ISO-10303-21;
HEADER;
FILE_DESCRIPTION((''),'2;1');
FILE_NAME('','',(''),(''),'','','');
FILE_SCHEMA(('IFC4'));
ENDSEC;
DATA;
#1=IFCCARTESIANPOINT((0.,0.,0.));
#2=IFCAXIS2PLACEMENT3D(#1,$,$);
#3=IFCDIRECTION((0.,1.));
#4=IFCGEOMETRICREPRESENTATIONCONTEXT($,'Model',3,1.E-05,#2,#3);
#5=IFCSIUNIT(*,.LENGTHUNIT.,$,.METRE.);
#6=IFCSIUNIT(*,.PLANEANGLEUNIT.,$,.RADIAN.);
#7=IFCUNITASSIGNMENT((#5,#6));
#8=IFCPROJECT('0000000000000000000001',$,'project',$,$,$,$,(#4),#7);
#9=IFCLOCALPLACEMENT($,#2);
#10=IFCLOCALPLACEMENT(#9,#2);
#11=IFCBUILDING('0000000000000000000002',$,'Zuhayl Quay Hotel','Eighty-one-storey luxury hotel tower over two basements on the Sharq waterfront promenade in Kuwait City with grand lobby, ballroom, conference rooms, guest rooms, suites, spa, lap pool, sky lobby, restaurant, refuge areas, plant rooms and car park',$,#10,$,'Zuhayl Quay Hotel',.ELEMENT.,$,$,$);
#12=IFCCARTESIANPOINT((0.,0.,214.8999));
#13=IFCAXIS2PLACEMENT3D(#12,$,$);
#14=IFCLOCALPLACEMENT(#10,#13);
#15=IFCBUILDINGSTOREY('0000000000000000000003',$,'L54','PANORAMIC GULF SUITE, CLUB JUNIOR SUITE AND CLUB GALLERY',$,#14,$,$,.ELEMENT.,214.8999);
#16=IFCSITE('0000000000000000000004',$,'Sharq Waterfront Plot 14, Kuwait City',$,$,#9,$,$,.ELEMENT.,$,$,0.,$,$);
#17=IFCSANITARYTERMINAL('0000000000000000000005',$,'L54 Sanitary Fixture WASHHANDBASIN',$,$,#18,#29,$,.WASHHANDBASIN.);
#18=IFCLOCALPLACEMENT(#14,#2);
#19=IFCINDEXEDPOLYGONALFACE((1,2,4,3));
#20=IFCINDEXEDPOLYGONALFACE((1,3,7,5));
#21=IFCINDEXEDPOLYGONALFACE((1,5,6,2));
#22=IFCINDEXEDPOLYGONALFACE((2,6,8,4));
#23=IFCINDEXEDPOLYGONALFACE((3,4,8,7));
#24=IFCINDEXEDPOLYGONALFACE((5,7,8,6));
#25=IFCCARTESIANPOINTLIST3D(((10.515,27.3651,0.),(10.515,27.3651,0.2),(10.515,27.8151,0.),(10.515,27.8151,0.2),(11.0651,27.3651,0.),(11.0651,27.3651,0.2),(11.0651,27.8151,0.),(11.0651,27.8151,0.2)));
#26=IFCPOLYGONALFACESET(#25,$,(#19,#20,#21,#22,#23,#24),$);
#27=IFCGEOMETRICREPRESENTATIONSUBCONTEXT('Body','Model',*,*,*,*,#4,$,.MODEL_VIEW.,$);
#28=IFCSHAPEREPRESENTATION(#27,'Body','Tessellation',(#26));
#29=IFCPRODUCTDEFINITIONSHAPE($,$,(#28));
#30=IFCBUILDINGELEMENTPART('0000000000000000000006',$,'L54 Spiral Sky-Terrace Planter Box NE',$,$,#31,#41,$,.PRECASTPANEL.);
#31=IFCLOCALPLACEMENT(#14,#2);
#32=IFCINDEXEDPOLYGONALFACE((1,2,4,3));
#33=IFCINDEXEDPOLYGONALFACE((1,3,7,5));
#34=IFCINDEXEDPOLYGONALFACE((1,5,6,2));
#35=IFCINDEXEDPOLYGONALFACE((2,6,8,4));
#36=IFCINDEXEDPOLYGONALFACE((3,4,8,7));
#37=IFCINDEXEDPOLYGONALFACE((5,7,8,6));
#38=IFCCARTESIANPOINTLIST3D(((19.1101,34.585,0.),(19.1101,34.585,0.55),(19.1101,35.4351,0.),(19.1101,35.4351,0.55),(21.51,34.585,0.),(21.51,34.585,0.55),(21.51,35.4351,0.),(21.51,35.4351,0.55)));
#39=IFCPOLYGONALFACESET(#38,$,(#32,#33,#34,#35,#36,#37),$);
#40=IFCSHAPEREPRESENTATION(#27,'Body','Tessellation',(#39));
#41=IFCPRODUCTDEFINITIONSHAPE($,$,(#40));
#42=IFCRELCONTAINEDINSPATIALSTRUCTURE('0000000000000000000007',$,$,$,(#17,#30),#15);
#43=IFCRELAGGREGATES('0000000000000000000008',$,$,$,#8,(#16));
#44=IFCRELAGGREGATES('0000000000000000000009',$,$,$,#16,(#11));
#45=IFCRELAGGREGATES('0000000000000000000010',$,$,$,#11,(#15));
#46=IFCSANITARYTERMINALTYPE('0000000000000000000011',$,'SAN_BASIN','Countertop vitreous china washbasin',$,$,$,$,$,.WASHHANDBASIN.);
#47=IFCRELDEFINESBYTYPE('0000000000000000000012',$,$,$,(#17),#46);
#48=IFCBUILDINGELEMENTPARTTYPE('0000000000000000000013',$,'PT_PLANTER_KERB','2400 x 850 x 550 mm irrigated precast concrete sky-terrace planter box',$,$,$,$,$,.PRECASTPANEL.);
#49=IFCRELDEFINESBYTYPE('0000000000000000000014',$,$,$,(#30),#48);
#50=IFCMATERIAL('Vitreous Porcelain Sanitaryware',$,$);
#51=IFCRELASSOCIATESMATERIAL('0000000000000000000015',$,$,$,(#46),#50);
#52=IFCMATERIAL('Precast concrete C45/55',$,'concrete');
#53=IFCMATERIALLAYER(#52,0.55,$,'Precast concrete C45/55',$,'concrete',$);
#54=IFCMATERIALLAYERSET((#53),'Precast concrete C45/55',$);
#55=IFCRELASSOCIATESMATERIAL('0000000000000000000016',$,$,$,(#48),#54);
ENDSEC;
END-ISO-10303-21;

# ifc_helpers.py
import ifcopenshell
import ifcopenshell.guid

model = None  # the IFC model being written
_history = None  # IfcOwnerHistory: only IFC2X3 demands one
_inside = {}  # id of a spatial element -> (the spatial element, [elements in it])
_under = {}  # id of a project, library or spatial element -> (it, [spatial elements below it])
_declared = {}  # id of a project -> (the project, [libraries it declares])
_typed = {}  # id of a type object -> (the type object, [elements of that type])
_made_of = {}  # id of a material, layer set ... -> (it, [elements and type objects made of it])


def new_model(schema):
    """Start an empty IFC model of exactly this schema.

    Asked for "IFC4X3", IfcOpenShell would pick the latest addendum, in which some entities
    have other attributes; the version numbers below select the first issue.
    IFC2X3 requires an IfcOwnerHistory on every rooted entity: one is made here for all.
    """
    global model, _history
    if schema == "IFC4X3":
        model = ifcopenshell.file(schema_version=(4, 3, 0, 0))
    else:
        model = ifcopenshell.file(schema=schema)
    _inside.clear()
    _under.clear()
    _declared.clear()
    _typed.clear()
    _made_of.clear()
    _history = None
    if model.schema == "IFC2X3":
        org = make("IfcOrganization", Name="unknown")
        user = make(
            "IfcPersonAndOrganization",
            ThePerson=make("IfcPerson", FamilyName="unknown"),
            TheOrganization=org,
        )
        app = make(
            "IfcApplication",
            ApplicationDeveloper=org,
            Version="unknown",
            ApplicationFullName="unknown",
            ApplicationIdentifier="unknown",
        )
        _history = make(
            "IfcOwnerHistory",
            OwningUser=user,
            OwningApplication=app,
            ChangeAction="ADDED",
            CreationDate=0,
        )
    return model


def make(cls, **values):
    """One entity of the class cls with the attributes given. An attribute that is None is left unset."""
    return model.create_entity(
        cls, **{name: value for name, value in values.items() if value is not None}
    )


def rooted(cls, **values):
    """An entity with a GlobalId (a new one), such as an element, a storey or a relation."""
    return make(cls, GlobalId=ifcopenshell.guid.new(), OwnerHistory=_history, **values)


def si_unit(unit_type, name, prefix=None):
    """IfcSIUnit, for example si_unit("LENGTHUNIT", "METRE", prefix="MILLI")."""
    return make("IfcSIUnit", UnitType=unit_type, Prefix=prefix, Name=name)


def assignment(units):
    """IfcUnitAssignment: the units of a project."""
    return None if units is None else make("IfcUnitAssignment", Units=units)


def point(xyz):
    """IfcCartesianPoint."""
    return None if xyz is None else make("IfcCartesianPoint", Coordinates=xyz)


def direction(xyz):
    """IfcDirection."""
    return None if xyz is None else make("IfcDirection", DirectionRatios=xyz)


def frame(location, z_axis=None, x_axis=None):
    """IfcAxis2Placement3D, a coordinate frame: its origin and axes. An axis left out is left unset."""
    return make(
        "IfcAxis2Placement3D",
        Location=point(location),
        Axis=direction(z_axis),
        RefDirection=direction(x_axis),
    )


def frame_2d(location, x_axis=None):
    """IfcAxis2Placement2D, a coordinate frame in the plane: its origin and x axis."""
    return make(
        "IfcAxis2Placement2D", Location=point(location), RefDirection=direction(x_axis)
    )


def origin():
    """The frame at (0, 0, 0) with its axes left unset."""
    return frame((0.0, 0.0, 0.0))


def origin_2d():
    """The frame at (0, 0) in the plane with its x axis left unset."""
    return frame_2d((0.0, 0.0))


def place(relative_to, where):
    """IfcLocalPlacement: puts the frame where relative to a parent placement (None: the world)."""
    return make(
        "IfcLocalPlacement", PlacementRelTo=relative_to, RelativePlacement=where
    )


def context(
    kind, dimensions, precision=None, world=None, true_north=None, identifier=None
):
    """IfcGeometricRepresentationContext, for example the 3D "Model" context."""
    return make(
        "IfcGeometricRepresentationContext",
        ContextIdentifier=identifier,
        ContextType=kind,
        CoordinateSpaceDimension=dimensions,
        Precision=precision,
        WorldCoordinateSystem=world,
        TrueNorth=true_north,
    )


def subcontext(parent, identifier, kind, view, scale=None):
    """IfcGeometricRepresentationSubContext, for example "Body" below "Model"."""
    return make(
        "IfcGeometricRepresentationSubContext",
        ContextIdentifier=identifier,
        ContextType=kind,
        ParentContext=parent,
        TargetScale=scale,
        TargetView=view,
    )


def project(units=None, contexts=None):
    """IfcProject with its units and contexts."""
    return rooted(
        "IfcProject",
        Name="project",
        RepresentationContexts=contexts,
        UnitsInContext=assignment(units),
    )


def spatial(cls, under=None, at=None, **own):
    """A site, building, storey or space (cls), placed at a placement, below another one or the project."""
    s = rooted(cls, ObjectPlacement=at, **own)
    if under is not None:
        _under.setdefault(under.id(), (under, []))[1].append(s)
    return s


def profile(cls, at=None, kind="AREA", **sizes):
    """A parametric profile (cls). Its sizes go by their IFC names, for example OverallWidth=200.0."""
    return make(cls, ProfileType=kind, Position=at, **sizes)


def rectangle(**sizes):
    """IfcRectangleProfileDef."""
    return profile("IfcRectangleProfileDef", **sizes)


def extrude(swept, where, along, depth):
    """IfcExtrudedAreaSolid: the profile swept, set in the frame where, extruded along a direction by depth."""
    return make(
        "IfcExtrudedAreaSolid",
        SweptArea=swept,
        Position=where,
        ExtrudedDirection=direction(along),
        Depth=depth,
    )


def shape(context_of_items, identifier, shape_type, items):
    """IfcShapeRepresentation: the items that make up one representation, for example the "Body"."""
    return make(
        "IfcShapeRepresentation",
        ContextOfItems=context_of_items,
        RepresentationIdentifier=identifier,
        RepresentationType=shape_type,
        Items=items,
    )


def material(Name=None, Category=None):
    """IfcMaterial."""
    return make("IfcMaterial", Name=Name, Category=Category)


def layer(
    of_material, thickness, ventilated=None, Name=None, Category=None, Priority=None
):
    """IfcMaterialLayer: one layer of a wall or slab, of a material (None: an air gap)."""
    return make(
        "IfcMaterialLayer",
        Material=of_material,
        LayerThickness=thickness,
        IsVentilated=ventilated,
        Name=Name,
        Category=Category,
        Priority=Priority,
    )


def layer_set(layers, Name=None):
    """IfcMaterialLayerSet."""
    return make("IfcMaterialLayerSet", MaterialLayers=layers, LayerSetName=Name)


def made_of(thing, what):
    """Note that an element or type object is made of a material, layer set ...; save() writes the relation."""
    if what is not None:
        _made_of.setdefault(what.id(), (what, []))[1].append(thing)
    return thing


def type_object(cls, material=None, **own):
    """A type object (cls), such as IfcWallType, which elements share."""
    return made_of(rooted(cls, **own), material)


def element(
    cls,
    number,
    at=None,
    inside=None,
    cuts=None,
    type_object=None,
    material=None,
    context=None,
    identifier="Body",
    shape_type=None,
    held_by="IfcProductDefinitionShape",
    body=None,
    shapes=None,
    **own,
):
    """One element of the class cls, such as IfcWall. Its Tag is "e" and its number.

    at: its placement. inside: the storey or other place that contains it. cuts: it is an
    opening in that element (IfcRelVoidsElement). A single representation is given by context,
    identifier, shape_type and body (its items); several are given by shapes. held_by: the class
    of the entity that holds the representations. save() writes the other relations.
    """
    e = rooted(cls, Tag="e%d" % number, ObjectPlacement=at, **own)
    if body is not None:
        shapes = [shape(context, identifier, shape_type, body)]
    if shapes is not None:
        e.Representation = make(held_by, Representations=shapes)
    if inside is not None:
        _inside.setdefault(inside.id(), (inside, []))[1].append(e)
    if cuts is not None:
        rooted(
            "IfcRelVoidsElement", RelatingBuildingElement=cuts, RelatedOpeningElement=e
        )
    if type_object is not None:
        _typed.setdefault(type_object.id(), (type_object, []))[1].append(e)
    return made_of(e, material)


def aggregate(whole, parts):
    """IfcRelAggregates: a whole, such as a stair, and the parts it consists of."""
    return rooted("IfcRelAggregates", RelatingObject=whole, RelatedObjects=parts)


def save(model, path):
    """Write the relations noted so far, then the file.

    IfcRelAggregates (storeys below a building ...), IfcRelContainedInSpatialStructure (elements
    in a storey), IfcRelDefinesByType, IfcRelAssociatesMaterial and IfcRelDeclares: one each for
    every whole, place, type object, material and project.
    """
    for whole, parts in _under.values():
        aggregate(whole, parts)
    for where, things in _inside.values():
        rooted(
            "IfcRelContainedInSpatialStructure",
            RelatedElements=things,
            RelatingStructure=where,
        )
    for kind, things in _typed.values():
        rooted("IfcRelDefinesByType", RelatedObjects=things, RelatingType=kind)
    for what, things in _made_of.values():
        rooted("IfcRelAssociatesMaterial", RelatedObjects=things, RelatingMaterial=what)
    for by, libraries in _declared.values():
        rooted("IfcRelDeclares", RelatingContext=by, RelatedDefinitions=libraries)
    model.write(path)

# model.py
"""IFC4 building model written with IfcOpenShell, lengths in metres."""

from ifc_helpers import new_model, si_unit, direction, frame, origin, origin_2d, place, context, subcontext, project, spatial, rectangle, extrude, material, layer, layer_set, type_object, element, save


model = new_model("IFC4")

# Units and contexts
model_context = context("Model", 3, precision=1e-05, world=origin(), true_north=direction((0.0, 1.0)))
body_context = subcontext(model_context, "Body", "Model", "MODEL_VIEW")
ifc_project = project(units=[si_unit("LENGTHUNIT", "METRE"), si_unit("PLANEANGLEUNIT", "RADIAN")], contexts=[model_context])

# Site, building, storey
site_placement = place(None, origin())
site = spatial("IfcSite", under=ifc_project, at=site_placement, Name="Sharq Waterfront Plot 14, Kuwait City", CompositionType="ELEMENT", RefElevation=0.0)
building_placement = place(site_placement, origin())
building = spatial("IfcBuilding", under=site, at=building_placement, Name="Zuhayl Quay Hotel", Description="Eighty-one-storey luxury hotel tower over two basements on the Sharq waterfront promenade in Kuwait City with grand lobby, ballroom, conference rooms, guest rooms, suites, spa, lap pool, sky lobby, restaurant, refuge areas, plant rooms and car park", LongName="Zuhayl Quay Hotel", CompositionType="ELEMENT")
storey_placement = place(building_placement, frame((0.0, 0.0, 214.8999)))
storey = spatial("IfcBuildingStorey", under=building, at=storey_placement, Name="L54", Description="PANORAMIC GULF SUITE, CLUB JUNIOR SUITE AND CLUB GALLERY", CompositionType="ELEMENT", Elevation=214.8999)

# Shared definitions
ifc_material_1 = material(Name="Precast concrete C45/55", Category="concrete")

# Sanitary terminal
ifc_material_2 = material(Name="Vitreous Porcelain Sanitaryware")
sanitary_terminal_type = type_object("IfcSanitaryTerminalType", Name="SAN_BASIN", Description="Countertop vitreous china washbasin", PredefinedType="WASHHANDBASIN", material=ifc_material_2)
sanitary_terminal_placement = place(storey_placement, frame((10.79, 27.5901, 0.0), z_axis=(0.0, 0.0, 1.0), x_axis=(1.0, 0.0, 0.0)))
element("IfcSanitaryTerminal", 1, at=sanitary_terminal_placement, inside=storey, type_object=sanitary_terminal_type, Name="L54 Sanitary Fixture WASHHANDBASIN", PredefinedType="WASHHANDBASIN", context=body_context, shape_type="SweptSolid", body=[
    extrude(rectangle(XDim=0.55, YDim=0.45, at=origin_2d()), origin(), (0.0, 0.0, 1.0), 0.2),
])

# Building element part
ifc_layer_1 = layer(ifc_material_1, 0.55, Name="Precast concrete C45/55", Category="concrete")
ifc_layer_set_1 = layer_set([ifc_layer_1], Name="Precast concrete C45/55")
building_element_part_type = type_object("IfcBuildingElementPartType", Name="PT_PLANTER_KERB", Description="2400 x 850 x 550 mm irrigated precast concrete sky-terrace planter box", PredefinedType="PRECASTPANEL", material=ifc_layer_set_1)
building_element_part_placement = place(storey_placement, frame((20.3101, 35.01, 0.0), z_axis=(0.0, 0.0, 1.0), x_axis=(1.0, 0.0, 0.0)))
element("IfcBuildingElementPart", 2, at=building_element_part_placement, inside=storey, type_object=building_element_part_type, Name="L54 Spiral Sky-Terrace Planter Box NE", PredefinedType="PRECASTPANEL", context=body_context, shape_type="SweptSolid", body=[
    extrude(rectangle(XDim=2.3999, YDim=0.8501, at=origin_2d()), origin(), (0.0, 0.0, 1.0), 0.55),
])

save(model, "model.ifc")
